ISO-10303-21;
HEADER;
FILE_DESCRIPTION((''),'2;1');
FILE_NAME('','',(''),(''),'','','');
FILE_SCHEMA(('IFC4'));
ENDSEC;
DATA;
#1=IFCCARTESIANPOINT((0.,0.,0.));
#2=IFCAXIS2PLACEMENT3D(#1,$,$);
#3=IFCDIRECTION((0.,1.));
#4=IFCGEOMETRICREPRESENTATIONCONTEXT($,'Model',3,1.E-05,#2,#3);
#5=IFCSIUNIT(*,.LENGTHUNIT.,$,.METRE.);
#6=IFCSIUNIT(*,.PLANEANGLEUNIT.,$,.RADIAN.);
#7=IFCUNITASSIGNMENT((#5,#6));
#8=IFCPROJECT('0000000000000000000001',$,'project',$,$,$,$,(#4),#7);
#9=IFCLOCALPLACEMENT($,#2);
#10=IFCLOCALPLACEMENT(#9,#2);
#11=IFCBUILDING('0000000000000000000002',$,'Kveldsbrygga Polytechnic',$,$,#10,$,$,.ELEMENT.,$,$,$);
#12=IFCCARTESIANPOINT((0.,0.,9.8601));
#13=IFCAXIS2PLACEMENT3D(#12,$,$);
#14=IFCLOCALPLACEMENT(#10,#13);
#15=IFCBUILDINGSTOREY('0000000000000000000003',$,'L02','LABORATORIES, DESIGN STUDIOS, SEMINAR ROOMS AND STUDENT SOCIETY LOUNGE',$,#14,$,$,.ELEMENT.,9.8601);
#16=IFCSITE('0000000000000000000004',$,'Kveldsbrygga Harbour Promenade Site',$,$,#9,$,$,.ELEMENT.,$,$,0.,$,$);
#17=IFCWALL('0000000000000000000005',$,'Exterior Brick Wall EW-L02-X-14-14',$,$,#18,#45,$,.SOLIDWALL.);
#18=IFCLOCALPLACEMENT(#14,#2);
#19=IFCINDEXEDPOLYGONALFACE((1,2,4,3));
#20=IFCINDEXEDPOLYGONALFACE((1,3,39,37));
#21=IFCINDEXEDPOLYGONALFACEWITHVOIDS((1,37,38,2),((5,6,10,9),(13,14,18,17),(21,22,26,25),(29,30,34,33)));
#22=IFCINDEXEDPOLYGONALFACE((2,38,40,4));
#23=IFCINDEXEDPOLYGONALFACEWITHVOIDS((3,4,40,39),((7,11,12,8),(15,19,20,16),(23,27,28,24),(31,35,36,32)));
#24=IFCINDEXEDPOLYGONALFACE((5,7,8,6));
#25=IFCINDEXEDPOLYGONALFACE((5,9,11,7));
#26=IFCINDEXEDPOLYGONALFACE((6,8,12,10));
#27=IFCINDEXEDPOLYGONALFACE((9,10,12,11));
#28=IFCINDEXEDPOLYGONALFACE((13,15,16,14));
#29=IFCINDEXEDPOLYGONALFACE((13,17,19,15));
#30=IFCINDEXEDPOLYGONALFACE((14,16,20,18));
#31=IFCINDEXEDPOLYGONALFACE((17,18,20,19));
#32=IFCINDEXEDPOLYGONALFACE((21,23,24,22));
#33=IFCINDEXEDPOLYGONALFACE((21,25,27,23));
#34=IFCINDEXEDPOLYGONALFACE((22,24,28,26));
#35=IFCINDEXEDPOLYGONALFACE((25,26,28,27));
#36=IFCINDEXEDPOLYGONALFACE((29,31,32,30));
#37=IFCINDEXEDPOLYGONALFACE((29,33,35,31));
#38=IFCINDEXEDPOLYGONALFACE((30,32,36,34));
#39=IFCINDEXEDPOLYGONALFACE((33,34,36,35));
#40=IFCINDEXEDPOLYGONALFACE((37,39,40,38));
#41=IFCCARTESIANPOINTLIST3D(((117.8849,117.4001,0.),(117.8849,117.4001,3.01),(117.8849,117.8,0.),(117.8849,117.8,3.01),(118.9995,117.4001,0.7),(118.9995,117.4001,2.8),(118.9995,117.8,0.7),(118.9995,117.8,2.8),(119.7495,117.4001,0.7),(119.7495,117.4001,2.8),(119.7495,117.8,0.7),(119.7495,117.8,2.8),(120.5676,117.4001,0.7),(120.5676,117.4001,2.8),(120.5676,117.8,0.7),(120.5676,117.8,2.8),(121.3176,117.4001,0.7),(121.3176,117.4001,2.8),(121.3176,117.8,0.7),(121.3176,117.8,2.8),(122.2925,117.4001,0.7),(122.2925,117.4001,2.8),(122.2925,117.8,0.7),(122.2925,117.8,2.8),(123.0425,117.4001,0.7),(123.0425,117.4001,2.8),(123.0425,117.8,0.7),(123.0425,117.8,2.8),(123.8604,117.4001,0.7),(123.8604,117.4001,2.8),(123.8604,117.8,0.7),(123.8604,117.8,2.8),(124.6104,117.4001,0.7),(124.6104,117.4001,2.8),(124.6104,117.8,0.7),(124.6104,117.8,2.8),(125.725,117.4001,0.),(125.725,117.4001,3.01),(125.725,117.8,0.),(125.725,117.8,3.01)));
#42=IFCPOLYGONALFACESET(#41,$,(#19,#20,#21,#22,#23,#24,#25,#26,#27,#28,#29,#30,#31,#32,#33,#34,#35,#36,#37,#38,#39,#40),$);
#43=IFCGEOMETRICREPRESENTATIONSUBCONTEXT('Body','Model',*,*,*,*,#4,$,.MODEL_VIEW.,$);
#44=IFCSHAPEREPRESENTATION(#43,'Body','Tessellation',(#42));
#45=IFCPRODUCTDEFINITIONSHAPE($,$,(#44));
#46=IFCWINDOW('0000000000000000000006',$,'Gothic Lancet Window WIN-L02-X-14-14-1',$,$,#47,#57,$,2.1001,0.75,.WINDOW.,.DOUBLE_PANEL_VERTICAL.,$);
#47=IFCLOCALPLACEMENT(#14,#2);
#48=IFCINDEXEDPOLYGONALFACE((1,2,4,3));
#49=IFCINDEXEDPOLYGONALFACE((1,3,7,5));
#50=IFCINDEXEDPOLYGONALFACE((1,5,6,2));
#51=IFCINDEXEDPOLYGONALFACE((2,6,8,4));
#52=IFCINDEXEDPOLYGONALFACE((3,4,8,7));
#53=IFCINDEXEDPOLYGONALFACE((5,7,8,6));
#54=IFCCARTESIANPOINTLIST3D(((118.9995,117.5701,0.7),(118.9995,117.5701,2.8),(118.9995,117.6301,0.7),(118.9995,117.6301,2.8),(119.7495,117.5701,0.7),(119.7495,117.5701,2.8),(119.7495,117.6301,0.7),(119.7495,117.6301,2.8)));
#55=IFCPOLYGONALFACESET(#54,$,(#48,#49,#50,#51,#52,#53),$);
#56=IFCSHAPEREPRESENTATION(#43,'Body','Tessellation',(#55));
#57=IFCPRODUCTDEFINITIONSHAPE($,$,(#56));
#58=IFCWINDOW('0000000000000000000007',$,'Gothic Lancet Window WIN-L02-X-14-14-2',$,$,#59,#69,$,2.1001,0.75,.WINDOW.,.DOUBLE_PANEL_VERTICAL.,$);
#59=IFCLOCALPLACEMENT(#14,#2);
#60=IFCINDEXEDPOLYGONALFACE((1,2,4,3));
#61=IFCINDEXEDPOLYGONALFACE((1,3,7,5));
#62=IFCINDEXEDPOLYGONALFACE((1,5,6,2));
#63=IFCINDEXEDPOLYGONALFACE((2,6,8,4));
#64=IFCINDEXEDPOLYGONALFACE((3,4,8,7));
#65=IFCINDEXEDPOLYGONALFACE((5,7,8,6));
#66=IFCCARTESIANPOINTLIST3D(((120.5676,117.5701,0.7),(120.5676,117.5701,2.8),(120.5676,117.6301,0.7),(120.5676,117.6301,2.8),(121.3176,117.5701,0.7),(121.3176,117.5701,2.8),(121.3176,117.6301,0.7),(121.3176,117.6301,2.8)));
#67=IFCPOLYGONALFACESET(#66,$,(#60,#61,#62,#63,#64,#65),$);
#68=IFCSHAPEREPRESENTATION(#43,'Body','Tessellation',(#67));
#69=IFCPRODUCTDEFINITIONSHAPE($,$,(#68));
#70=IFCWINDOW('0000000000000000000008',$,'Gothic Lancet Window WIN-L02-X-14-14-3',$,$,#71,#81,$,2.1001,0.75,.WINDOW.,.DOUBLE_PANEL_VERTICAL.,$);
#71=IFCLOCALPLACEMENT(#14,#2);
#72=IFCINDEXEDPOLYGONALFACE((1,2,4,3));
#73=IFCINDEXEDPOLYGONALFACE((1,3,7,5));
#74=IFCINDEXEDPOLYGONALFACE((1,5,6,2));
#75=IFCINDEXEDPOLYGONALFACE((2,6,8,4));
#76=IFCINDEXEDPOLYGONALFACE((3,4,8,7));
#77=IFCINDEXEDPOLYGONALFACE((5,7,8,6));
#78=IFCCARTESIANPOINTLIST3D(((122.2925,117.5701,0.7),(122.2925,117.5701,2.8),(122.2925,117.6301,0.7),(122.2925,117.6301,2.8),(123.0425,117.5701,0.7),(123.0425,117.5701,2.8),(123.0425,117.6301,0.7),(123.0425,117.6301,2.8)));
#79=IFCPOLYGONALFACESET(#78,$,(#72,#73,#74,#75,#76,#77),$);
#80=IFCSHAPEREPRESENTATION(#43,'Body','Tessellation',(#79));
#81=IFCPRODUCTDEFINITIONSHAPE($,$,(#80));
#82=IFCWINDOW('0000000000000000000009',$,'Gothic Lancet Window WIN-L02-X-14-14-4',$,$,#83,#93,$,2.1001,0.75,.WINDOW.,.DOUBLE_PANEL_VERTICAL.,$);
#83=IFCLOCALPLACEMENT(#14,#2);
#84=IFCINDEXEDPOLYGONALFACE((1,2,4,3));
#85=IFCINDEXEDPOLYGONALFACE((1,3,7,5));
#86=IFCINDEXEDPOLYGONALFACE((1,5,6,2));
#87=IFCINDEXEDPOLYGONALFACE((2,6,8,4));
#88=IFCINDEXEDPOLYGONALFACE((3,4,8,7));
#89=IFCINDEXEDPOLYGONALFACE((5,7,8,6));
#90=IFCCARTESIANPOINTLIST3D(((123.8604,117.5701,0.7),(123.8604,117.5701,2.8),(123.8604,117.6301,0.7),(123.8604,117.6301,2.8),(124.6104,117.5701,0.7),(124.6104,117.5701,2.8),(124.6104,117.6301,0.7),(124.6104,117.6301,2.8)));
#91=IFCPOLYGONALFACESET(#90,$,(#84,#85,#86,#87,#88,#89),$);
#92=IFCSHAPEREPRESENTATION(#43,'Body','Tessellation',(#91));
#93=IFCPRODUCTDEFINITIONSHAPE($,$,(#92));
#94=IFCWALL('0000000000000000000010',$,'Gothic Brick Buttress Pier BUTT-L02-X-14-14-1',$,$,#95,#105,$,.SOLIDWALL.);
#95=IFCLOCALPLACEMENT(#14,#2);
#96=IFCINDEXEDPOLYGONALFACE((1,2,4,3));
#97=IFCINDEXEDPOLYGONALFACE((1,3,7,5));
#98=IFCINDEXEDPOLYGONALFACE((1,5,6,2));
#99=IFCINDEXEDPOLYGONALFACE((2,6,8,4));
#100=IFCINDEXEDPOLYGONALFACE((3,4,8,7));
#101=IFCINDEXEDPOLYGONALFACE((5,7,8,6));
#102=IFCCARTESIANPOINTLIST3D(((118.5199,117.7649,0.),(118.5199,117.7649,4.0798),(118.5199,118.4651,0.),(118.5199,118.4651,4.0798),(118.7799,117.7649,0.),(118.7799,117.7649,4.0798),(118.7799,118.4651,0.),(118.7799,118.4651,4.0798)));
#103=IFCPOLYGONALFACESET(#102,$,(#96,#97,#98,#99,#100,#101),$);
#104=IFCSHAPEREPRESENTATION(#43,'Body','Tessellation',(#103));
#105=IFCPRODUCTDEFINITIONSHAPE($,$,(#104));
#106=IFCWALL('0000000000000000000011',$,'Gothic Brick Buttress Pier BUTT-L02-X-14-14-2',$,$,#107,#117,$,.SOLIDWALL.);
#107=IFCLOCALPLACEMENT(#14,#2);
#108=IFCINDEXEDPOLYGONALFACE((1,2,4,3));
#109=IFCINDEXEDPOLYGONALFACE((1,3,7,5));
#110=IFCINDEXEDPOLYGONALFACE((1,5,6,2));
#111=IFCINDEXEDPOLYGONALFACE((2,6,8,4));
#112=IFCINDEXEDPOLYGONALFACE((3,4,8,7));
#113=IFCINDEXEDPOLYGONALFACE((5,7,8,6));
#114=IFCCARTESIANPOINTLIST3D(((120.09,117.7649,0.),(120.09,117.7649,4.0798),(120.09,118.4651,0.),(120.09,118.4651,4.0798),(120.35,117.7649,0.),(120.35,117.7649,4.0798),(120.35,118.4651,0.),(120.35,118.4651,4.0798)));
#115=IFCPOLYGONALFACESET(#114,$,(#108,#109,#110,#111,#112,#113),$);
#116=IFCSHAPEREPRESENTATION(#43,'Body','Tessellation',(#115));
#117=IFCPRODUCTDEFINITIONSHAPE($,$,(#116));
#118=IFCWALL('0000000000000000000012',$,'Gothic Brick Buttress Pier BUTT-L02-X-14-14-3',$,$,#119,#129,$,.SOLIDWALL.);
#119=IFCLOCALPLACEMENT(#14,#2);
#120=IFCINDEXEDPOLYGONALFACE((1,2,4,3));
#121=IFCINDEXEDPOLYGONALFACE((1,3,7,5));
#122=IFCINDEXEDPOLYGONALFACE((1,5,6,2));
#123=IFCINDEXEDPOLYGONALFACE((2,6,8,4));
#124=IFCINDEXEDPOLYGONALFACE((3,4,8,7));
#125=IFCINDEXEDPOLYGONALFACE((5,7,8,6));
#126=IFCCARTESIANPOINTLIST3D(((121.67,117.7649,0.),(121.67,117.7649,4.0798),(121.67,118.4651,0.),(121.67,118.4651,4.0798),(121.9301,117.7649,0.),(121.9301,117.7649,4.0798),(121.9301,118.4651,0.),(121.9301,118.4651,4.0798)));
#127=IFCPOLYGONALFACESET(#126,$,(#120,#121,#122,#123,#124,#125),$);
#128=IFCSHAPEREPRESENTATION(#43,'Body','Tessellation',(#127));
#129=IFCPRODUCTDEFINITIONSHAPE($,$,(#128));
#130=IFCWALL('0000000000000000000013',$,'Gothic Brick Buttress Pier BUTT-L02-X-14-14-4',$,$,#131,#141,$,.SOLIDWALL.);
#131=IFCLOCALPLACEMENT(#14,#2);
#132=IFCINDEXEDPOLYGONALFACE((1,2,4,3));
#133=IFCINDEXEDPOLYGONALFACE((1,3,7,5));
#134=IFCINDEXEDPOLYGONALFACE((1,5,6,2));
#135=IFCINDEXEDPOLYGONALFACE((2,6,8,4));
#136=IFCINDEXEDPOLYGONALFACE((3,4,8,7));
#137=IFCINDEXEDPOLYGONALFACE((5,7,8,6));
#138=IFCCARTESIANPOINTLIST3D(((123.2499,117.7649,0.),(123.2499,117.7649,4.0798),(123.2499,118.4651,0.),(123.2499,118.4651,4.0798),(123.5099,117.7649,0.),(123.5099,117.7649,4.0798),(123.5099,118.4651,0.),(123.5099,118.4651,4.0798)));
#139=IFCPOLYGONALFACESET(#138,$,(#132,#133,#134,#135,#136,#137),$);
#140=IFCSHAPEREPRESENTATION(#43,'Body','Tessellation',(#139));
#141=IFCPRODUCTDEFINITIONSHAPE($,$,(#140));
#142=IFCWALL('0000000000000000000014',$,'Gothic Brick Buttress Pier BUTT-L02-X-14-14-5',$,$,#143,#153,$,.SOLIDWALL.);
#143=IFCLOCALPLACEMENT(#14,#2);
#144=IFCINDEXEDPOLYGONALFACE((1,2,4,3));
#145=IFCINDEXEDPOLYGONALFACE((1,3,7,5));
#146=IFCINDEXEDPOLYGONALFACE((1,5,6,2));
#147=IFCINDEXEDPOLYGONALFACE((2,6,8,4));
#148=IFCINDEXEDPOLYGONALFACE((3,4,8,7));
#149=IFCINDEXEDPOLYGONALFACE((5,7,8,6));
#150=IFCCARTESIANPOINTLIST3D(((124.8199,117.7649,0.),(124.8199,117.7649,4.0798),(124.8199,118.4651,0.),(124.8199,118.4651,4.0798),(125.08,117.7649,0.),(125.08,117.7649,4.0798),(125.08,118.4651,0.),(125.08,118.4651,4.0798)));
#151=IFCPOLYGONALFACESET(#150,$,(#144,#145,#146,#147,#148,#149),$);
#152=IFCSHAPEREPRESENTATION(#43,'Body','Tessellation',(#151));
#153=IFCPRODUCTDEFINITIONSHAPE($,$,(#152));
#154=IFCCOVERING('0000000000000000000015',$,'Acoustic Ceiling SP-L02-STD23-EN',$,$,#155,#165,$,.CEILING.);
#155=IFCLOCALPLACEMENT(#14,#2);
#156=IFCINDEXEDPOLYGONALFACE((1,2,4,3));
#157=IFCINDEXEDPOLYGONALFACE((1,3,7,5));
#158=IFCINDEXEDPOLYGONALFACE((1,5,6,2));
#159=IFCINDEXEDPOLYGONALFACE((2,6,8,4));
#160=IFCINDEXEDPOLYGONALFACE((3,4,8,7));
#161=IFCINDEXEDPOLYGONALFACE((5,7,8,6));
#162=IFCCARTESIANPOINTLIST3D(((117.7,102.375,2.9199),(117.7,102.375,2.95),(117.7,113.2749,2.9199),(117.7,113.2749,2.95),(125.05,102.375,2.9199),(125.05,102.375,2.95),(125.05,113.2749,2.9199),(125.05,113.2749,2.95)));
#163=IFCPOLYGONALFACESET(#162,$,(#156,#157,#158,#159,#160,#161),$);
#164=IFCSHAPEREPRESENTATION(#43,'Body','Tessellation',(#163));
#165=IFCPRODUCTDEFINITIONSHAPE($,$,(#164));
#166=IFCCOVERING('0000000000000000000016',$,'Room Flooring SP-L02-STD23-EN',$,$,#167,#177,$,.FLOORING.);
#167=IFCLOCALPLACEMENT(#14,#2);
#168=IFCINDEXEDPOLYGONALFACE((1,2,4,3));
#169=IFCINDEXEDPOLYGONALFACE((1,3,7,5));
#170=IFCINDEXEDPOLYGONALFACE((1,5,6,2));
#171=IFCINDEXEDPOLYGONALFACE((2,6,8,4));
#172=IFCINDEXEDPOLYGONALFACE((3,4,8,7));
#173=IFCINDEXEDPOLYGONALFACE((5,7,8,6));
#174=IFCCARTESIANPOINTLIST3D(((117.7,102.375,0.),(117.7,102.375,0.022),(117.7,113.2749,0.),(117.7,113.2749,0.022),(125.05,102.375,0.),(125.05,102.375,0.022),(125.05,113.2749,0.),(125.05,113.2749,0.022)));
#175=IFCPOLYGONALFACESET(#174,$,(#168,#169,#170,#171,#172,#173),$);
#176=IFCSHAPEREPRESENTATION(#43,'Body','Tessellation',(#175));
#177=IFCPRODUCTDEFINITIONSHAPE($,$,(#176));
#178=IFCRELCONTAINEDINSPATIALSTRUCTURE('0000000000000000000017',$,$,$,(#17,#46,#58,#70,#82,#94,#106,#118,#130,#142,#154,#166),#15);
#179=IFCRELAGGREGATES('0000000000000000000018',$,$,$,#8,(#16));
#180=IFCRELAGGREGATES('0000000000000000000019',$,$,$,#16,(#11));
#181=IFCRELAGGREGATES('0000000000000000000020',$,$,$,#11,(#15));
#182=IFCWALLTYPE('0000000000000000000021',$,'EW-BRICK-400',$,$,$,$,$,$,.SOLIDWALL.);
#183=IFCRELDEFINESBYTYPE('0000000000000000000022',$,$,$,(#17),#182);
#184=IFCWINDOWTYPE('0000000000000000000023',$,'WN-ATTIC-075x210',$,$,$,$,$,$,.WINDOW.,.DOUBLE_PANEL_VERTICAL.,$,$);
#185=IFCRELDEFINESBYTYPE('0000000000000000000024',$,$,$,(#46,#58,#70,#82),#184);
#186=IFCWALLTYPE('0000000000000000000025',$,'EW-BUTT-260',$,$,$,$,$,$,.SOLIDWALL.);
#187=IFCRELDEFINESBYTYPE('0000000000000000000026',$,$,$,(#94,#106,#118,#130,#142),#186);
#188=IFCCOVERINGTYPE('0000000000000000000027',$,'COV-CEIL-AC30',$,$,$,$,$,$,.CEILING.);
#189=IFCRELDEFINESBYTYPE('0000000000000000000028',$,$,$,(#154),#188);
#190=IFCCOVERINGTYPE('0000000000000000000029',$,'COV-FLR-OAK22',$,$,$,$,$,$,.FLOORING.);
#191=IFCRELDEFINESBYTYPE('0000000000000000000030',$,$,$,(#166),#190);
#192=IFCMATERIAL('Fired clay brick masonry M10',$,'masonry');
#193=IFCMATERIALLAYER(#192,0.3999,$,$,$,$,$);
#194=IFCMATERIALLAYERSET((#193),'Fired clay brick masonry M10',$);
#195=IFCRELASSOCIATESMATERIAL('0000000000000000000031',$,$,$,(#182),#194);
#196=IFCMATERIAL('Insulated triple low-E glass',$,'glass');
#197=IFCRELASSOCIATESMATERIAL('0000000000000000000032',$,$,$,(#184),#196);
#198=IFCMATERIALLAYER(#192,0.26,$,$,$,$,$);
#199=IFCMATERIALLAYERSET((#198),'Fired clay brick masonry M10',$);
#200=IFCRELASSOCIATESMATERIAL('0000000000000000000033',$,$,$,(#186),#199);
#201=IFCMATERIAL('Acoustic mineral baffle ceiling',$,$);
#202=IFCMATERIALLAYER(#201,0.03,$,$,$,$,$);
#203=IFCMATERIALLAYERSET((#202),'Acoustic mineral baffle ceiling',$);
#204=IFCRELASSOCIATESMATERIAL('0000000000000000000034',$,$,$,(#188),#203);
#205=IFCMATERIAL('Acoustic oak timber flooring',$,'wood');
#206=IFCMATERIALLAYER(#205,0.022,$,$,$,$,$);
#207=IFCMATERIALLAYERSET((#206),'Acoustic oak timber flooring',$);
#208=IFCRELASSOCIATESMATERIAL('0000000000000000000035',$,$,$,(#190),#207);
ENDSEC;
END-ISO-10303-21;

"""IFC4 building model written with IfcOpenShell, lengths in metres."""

from ifc_helpers import new_model, si_unit, direction, frame, frame_2d, origin, origin_2d, place, context, subcontext, project, spatial, rectangle, extrude, material, layer, layer_set, type_object, element, fill, save


model = new_model("IFC4")

# Units and contexts
model_context = context("Model", 3, precision=1e-05, world=origin(), true_north=direction((0.0, 1.0)))
body_context = subcontext(model_context, "Body", "Model", "MODEL_VIEW")
ifc_project = project(units=[si_unit("LENGTHUNIT", "METRE"), si_unit("PLANEANGLEUNIT", "RADIAN")], contexts=[model_context])

# Site, building, storey
site_placement = place(None, origin())
site = spatial("IfcSite", under=ifc_project, at=site_placement, Name="Kveldsbrygga Harbour Promenade Site", CompositionType="ELEMENT", RefElevation=0.0)
building_placement = place(site_placement, origin())
building = spatial("IfcBuilding", under=site, at=building_placement, Name="Kveldsbrygga Polytechnic", CompositionType="ELEMENT")
storey_placement = place(building_placement, frame((0.0, 0.0, 9.8601)))
storey = spatial("IfcBuildingStorey", under=building, at=storey_placement, Name="L02", Description="LABORATORIES, DESIGN STUDIOS, SEMINAR ROOMS AND STUDENT SOCIETY LOUNGE", CompositionType="ELEMENT", Elevation=9.8601)

# Wall, openings, windows
ifc_material_1 = material(Name="Fired clay brick masonry M10", Category="masonry")
ifc_layer_1 = layer(ifc_material_1, 0.3999)
ifc_layer_set_1 = layer_set([ifc_layer_1], Name="Fired clay brick masonry M10")
wall_type_1 = type_object("IfcWallType", Name="EW-BRICK-400", PredefinedType="SOLIDWALL", material=ifc_layer_set_1)
wall_placement = place(storey_placement, frame((117.885, 117.6001, 0.0), z_axis=(0.0, 0.0, 1.0), x_axis=(1.0, 0.0, 0.0)))
wall = element("IfcWall", 1, at=wall_placement, inside=storey, type_object=wall_type_1, Name="Exterior Brick Wall EW-L02-X-14-14", PredefinedType="SOLIDWALL", context=body_context, shape_type="SweptSolid", body=[
    extrude(rectangle(XDim=7.8401, YDim=0.3999, at=frame_2d((3.9199, 0.0))), origin(), (0.0, 0.0, 1.0), 3.01),
])
opening_1_placement = place(wall_placement, frame((1.1145, 0.0, 0.7)))
opening_1 = element("IfcOpeningElement", 2, at=opening_1_placement, cuts=wall, PredefinedType="OPENING", context=body_context, shape_type="SweptSolid", body=[
    extrude(rectangle(XDim=0.75, YDim=2.1001, at=frame_2d((0.375, 1.05))), frame((0.0, 0.21, 0.0), z_axis=(0.0, -1.0, 0.0), x_axis=(1.0, 0.0, 0.0)), (0.0, 0.0, 1.0), 0.4199),
])
opening_2_placement = place(wall_placement, frame((2.6826, 0.0, 0.7)))
opening_2 = element("IfcOpeningElement", 3, at=opening_2_placement, cuts=wall, PredefinedType="OPENING", context=body_context, shape_type="SweptSolid", body=[
    extrude(rectangle(XDim=0.75, YDim=2.1001, at=frame_2d((0.375, 1.05))), frame((0.0, 0.21, 0.0), z_axis=(0.0, -1.0, 0.0), x_axis=(1.0, 0.0, 0.0)), (0.0, 0.0, 1.0), 0.4199),
])
opening_3_placement = place(wall_placement, frame((4.4075, 0.0, 0.7)))
opening_3 = element("IfcOpeningElement", 4, at=opening_3_placement, cuts=wall, PredefinedType="OPENING", context=body_context, shape_type="SweptSolid", body=[
    extrude(rectangle(XDim=0.75, YDim=2.1001, at=frame_2d((0.375, 1.05))), frame((0.0, 0.21, 0.0), z_axis=(0.0, -1.0, 0.0), x_axis=(1.0, 0.0, 0.0)), (0.0, 0.0, 1.0), 0.4199),
])
opening_4_placement = place(wall_placement, frame((5.9753, 0.0, 0.7)))
opening_4 = element("IfcOpeningElement", 5, at=opening_4_placement, cuts=wall, PredefinedType="OPENING", context=body_context, shape_type="SweptSolid", body=[
    extrude(rectangle(XDim=0.75, YDim=2.1001, at=frame_2d((0.375, 1.05))), frame((0.0, 0.21, 0.0), z_axis=(0.0, -1.0, 0.0), x_axis=(1.0, 0.0, 0.0)), (0.0, 0.0, 1.0), 0.4199),
])
ifc_material_2 = material(Name="Insulated triple low-E glass", Category="glass")
window_type = type_object("IfcWindowType", Name="WN-ATTIC-075x210", PartitioningType="DOUBLE_PANEL_VERTICAL", PredefinedType="WINDOW", material=ifc_material_2)
window_1_placement = place(opening_1_placement, origin())
window_1 = element("IfcWindow", 6, at=window_1_placement, inside=storey, type_object=window_type, Name="Gothic Lancet Window WIN-L02-X-14-14-1", OverallHeight=2.1001, OverallWidth=0.75, PartitioningType="DOUBLE_PANEL_VERTICAL", PredefinedType="WINDOW", context=body_context, shape_type="SweptSolid", body=[
    extrude(rectangle(XDim=0.75, YDim=2.1001, at=frame_2d((0.375, 1.05))), frame((0.0, 0.03, 0.0), z_axis=(0.0, -1.0, 0.0), x_axis=(1.0, 0.0, 0.0)), (0.0, 0.0, 1.0), 0.0601),
])
fill(opening_1, window_1)
window_2_placement = place(opening_2_placement, origin())
window_2 = element("IfcWindow", 7, at=window_2_placement, inside=storey, type_object=window_type, Name="Gothic Lancet Window WIN-L02-X-14-14-2", OverallHeight=2.1001, OverallWidth=0.75, PartitioningType="DOUBLE_PANEL_VERTICAL", PredefinedType="WINDOW", context=body_context, shape_type="SweptSolid", body=[
    extrude(rectangle(XDim=0.75, YDim=2.1001, at=frame_2d((0.375, 1.05))), frame((0.0, 0.03, 0.0), z_axis=(0.0, -1.0, 0.0), x_axis=(1.0, 0.0, 0.0)), (0.0, 0.0, 1.0), 0.0601),
])
fill(opening_2, window_2)
window_3_placement = place(opening_3_placement, origin())
window_3 = element("IfcWindow", 8, at=window_3_placement, inside=storey, type_object=window_type, Name="Gothic Lancet Window WIN-L02-X-14-14-3", OverallHeight=2.1001, OverallWidth=0.75, PartitioningType="DOUBLE_PANEL_VERTICAL", PredefinedType="WINDOW", context=body_context, shape_type="SweptSolid", body=[
    extrude(rectangle(XDim=0.75, YDim=2.1001, at=frame_2d((0.375, 1.05))), frame((0.0, 0.03, 0.0), z_axis=(0.0, -1.0, 0.0), x_axis=(1.0, 0.0, 0.0)), (0.0, 0.0, 1.0), 0.0601),
])
fill(opening_3, window_3)
window_4_placement = place(opening_4_placement, origin())
window_4 = element("IfcWindow", 9, at=window_4_placement, inside=storey, type_object=window_type, Name="Gothic Lancet Window WIN-L02-X-14-14-4", OverallHeight=2.1001, OverallWidth=0.75, PartitioningType="DOUBLE_PANEL_VERTICAL", PredefinedType="WINDOW", context=body_context, shape_type="SweptSolid", body=[
    extrude(rectangle(XDim=0.75, YDim=2.1001, at=frame_2d((0.375, 1.05))), frame((0.0, 0.03, 0.0), z_axis=(0.0, -1.0, 0.0), x_axis=(1.0, 0.0, 0.0)), (0.0, 0.0, 1.0), 0.0601),
])
fill(opening_4, window_4)

# Walls
ifc_layer_2 = layer(ifc_material_1, 0.26)
ifc_layer_set_2 = layer_set([ifc_layer_2], Name="Fired clay brick masonry M10")
wall_type_2 = type_object("IfcWallType", Name="EW-BUTT-260", PredefinedType="SOLIDWALL", material=ifc_layer_set_2)
for number, where, z_axis, x_axis, name in (
    (10, (118.6499, 117.7649, 0.0), (0.0, 0.0, 1.0), (0.0, 1.0, 0.0), "Gothic Brick Buttress Pier BUTT-L02-X-14-14-1"),
    (11, (120.22, 117.7649, 0.0), (0.0, 0.0, 1.0), (0.0, 1.0, 0.0), "Gothic Brick Buttress Pier BUTT-L02-X-14-14-2"),
    (12, (121.8, 117.7649, 0.0), (0.0, 0.0, 1.0), (0.0, 1.0, 0.0), "Gothic Brick Buttress Pier BUTT-L02-X-14-14-3"),
    (13, (123.3799, 117.7649, 0.0), (0.0, 0.0, 1.0), (0.0, 1.0, 0.0), "Gothic Brick Buttress Pier BUTT-L02-X-14-14-4"),
    (14, (124.95, 117.7649, 0.0), (0.0, 0.0, 1.0), (0.0, 1.0, 0.0), "Gothic Brick Buttress Pier BUTT-L02-X-14-14-5"),
):
    element("IfcWall", number, at=place(storey_placement, frame(where, z_axis=z_axis, x_axis=x_axis)), inside=storey, type_object=wall_type_2, Name=name, PredefinedType="SOLIDWALL", context=body_context, shape_type="SweptSolid", body=[
        extrude(rectangle(XDim=0.7002, YDim=0.26, at=frame_2d((0.3501, 0.0))), origin(), (0.0, 0.0, 1.0), 4.0798),
    ])

# Coverings
ifc_material_3 = material(Name="Acoustic mineral baffle ceiling")
ifc_layer_3 = layer(ifc_material_3, 0.03)
ifc_layer_set_3 = layer_set([ifc_layer_3], Name="Acoustic mineral baffle ceiling")
covering_type_1 = type_object("IfcCoveringType", Name="COV-CEIL-AC30", PredefinedType="CEILING", material=ifc_layer_set_3)
covering_1_placement = place(storey_placement, frame((121.375, 107.825, 2.9199), z_axis=(0.0, 0.0, 1.0), x_axis=(1.0, 0.0, 0.0)))
element("IfcCovering", 15, at=covering_1_placement, inside=storey, type_object=covering_type_1, Name="Acoustic Ceiling SP-L02-STD23-EN", PredefinedType="CEILING", context=body_context, shape_type="SweptSolid", body=[
    extrude(rectangle(XDim=7.3501, YDim=10.8999, at=origin_2d()), origin(), (0.0, 0.0, 1.0), 0.03),
])
ifc_material_4 = material(Name="Acoustic oak timber flooring", Category="wood")
ifc_layer_4 = layer(ifc_material_4, 0.022)
ifc_layer_set_4 = layer_set([ifc_layer_4], Name="Acoustic oak timber flooring")
covering_type_2 = type_object("IfcCoveringType", Name="COV-FLR-OAK22", PredefinedType="FLOORING", material=ifc_layer_set_4)
covering_2_placement = place(storey_placement, frame((121.375, 107.825, 0.0), z_axis=(0.0, 0.0, 1.0), x_axis=(1.0, 0.0, 0.0)))
element("IfcCovering", 16, at=covering_2_placement, inside=storey, type_object=covering_type_2, Name="Room Flooring SP-L02-STD23-EN", PredefinedType="FLOORING", context=body_context, shape_type="SweptSolid", body=[
    extrude(rectangle(XDim=7.3501, YDim=10.8999, at=origin_2d()), origin(), (0.0, 0.0, 1.0), 0.022),
])

save(model, "model.ifc")
